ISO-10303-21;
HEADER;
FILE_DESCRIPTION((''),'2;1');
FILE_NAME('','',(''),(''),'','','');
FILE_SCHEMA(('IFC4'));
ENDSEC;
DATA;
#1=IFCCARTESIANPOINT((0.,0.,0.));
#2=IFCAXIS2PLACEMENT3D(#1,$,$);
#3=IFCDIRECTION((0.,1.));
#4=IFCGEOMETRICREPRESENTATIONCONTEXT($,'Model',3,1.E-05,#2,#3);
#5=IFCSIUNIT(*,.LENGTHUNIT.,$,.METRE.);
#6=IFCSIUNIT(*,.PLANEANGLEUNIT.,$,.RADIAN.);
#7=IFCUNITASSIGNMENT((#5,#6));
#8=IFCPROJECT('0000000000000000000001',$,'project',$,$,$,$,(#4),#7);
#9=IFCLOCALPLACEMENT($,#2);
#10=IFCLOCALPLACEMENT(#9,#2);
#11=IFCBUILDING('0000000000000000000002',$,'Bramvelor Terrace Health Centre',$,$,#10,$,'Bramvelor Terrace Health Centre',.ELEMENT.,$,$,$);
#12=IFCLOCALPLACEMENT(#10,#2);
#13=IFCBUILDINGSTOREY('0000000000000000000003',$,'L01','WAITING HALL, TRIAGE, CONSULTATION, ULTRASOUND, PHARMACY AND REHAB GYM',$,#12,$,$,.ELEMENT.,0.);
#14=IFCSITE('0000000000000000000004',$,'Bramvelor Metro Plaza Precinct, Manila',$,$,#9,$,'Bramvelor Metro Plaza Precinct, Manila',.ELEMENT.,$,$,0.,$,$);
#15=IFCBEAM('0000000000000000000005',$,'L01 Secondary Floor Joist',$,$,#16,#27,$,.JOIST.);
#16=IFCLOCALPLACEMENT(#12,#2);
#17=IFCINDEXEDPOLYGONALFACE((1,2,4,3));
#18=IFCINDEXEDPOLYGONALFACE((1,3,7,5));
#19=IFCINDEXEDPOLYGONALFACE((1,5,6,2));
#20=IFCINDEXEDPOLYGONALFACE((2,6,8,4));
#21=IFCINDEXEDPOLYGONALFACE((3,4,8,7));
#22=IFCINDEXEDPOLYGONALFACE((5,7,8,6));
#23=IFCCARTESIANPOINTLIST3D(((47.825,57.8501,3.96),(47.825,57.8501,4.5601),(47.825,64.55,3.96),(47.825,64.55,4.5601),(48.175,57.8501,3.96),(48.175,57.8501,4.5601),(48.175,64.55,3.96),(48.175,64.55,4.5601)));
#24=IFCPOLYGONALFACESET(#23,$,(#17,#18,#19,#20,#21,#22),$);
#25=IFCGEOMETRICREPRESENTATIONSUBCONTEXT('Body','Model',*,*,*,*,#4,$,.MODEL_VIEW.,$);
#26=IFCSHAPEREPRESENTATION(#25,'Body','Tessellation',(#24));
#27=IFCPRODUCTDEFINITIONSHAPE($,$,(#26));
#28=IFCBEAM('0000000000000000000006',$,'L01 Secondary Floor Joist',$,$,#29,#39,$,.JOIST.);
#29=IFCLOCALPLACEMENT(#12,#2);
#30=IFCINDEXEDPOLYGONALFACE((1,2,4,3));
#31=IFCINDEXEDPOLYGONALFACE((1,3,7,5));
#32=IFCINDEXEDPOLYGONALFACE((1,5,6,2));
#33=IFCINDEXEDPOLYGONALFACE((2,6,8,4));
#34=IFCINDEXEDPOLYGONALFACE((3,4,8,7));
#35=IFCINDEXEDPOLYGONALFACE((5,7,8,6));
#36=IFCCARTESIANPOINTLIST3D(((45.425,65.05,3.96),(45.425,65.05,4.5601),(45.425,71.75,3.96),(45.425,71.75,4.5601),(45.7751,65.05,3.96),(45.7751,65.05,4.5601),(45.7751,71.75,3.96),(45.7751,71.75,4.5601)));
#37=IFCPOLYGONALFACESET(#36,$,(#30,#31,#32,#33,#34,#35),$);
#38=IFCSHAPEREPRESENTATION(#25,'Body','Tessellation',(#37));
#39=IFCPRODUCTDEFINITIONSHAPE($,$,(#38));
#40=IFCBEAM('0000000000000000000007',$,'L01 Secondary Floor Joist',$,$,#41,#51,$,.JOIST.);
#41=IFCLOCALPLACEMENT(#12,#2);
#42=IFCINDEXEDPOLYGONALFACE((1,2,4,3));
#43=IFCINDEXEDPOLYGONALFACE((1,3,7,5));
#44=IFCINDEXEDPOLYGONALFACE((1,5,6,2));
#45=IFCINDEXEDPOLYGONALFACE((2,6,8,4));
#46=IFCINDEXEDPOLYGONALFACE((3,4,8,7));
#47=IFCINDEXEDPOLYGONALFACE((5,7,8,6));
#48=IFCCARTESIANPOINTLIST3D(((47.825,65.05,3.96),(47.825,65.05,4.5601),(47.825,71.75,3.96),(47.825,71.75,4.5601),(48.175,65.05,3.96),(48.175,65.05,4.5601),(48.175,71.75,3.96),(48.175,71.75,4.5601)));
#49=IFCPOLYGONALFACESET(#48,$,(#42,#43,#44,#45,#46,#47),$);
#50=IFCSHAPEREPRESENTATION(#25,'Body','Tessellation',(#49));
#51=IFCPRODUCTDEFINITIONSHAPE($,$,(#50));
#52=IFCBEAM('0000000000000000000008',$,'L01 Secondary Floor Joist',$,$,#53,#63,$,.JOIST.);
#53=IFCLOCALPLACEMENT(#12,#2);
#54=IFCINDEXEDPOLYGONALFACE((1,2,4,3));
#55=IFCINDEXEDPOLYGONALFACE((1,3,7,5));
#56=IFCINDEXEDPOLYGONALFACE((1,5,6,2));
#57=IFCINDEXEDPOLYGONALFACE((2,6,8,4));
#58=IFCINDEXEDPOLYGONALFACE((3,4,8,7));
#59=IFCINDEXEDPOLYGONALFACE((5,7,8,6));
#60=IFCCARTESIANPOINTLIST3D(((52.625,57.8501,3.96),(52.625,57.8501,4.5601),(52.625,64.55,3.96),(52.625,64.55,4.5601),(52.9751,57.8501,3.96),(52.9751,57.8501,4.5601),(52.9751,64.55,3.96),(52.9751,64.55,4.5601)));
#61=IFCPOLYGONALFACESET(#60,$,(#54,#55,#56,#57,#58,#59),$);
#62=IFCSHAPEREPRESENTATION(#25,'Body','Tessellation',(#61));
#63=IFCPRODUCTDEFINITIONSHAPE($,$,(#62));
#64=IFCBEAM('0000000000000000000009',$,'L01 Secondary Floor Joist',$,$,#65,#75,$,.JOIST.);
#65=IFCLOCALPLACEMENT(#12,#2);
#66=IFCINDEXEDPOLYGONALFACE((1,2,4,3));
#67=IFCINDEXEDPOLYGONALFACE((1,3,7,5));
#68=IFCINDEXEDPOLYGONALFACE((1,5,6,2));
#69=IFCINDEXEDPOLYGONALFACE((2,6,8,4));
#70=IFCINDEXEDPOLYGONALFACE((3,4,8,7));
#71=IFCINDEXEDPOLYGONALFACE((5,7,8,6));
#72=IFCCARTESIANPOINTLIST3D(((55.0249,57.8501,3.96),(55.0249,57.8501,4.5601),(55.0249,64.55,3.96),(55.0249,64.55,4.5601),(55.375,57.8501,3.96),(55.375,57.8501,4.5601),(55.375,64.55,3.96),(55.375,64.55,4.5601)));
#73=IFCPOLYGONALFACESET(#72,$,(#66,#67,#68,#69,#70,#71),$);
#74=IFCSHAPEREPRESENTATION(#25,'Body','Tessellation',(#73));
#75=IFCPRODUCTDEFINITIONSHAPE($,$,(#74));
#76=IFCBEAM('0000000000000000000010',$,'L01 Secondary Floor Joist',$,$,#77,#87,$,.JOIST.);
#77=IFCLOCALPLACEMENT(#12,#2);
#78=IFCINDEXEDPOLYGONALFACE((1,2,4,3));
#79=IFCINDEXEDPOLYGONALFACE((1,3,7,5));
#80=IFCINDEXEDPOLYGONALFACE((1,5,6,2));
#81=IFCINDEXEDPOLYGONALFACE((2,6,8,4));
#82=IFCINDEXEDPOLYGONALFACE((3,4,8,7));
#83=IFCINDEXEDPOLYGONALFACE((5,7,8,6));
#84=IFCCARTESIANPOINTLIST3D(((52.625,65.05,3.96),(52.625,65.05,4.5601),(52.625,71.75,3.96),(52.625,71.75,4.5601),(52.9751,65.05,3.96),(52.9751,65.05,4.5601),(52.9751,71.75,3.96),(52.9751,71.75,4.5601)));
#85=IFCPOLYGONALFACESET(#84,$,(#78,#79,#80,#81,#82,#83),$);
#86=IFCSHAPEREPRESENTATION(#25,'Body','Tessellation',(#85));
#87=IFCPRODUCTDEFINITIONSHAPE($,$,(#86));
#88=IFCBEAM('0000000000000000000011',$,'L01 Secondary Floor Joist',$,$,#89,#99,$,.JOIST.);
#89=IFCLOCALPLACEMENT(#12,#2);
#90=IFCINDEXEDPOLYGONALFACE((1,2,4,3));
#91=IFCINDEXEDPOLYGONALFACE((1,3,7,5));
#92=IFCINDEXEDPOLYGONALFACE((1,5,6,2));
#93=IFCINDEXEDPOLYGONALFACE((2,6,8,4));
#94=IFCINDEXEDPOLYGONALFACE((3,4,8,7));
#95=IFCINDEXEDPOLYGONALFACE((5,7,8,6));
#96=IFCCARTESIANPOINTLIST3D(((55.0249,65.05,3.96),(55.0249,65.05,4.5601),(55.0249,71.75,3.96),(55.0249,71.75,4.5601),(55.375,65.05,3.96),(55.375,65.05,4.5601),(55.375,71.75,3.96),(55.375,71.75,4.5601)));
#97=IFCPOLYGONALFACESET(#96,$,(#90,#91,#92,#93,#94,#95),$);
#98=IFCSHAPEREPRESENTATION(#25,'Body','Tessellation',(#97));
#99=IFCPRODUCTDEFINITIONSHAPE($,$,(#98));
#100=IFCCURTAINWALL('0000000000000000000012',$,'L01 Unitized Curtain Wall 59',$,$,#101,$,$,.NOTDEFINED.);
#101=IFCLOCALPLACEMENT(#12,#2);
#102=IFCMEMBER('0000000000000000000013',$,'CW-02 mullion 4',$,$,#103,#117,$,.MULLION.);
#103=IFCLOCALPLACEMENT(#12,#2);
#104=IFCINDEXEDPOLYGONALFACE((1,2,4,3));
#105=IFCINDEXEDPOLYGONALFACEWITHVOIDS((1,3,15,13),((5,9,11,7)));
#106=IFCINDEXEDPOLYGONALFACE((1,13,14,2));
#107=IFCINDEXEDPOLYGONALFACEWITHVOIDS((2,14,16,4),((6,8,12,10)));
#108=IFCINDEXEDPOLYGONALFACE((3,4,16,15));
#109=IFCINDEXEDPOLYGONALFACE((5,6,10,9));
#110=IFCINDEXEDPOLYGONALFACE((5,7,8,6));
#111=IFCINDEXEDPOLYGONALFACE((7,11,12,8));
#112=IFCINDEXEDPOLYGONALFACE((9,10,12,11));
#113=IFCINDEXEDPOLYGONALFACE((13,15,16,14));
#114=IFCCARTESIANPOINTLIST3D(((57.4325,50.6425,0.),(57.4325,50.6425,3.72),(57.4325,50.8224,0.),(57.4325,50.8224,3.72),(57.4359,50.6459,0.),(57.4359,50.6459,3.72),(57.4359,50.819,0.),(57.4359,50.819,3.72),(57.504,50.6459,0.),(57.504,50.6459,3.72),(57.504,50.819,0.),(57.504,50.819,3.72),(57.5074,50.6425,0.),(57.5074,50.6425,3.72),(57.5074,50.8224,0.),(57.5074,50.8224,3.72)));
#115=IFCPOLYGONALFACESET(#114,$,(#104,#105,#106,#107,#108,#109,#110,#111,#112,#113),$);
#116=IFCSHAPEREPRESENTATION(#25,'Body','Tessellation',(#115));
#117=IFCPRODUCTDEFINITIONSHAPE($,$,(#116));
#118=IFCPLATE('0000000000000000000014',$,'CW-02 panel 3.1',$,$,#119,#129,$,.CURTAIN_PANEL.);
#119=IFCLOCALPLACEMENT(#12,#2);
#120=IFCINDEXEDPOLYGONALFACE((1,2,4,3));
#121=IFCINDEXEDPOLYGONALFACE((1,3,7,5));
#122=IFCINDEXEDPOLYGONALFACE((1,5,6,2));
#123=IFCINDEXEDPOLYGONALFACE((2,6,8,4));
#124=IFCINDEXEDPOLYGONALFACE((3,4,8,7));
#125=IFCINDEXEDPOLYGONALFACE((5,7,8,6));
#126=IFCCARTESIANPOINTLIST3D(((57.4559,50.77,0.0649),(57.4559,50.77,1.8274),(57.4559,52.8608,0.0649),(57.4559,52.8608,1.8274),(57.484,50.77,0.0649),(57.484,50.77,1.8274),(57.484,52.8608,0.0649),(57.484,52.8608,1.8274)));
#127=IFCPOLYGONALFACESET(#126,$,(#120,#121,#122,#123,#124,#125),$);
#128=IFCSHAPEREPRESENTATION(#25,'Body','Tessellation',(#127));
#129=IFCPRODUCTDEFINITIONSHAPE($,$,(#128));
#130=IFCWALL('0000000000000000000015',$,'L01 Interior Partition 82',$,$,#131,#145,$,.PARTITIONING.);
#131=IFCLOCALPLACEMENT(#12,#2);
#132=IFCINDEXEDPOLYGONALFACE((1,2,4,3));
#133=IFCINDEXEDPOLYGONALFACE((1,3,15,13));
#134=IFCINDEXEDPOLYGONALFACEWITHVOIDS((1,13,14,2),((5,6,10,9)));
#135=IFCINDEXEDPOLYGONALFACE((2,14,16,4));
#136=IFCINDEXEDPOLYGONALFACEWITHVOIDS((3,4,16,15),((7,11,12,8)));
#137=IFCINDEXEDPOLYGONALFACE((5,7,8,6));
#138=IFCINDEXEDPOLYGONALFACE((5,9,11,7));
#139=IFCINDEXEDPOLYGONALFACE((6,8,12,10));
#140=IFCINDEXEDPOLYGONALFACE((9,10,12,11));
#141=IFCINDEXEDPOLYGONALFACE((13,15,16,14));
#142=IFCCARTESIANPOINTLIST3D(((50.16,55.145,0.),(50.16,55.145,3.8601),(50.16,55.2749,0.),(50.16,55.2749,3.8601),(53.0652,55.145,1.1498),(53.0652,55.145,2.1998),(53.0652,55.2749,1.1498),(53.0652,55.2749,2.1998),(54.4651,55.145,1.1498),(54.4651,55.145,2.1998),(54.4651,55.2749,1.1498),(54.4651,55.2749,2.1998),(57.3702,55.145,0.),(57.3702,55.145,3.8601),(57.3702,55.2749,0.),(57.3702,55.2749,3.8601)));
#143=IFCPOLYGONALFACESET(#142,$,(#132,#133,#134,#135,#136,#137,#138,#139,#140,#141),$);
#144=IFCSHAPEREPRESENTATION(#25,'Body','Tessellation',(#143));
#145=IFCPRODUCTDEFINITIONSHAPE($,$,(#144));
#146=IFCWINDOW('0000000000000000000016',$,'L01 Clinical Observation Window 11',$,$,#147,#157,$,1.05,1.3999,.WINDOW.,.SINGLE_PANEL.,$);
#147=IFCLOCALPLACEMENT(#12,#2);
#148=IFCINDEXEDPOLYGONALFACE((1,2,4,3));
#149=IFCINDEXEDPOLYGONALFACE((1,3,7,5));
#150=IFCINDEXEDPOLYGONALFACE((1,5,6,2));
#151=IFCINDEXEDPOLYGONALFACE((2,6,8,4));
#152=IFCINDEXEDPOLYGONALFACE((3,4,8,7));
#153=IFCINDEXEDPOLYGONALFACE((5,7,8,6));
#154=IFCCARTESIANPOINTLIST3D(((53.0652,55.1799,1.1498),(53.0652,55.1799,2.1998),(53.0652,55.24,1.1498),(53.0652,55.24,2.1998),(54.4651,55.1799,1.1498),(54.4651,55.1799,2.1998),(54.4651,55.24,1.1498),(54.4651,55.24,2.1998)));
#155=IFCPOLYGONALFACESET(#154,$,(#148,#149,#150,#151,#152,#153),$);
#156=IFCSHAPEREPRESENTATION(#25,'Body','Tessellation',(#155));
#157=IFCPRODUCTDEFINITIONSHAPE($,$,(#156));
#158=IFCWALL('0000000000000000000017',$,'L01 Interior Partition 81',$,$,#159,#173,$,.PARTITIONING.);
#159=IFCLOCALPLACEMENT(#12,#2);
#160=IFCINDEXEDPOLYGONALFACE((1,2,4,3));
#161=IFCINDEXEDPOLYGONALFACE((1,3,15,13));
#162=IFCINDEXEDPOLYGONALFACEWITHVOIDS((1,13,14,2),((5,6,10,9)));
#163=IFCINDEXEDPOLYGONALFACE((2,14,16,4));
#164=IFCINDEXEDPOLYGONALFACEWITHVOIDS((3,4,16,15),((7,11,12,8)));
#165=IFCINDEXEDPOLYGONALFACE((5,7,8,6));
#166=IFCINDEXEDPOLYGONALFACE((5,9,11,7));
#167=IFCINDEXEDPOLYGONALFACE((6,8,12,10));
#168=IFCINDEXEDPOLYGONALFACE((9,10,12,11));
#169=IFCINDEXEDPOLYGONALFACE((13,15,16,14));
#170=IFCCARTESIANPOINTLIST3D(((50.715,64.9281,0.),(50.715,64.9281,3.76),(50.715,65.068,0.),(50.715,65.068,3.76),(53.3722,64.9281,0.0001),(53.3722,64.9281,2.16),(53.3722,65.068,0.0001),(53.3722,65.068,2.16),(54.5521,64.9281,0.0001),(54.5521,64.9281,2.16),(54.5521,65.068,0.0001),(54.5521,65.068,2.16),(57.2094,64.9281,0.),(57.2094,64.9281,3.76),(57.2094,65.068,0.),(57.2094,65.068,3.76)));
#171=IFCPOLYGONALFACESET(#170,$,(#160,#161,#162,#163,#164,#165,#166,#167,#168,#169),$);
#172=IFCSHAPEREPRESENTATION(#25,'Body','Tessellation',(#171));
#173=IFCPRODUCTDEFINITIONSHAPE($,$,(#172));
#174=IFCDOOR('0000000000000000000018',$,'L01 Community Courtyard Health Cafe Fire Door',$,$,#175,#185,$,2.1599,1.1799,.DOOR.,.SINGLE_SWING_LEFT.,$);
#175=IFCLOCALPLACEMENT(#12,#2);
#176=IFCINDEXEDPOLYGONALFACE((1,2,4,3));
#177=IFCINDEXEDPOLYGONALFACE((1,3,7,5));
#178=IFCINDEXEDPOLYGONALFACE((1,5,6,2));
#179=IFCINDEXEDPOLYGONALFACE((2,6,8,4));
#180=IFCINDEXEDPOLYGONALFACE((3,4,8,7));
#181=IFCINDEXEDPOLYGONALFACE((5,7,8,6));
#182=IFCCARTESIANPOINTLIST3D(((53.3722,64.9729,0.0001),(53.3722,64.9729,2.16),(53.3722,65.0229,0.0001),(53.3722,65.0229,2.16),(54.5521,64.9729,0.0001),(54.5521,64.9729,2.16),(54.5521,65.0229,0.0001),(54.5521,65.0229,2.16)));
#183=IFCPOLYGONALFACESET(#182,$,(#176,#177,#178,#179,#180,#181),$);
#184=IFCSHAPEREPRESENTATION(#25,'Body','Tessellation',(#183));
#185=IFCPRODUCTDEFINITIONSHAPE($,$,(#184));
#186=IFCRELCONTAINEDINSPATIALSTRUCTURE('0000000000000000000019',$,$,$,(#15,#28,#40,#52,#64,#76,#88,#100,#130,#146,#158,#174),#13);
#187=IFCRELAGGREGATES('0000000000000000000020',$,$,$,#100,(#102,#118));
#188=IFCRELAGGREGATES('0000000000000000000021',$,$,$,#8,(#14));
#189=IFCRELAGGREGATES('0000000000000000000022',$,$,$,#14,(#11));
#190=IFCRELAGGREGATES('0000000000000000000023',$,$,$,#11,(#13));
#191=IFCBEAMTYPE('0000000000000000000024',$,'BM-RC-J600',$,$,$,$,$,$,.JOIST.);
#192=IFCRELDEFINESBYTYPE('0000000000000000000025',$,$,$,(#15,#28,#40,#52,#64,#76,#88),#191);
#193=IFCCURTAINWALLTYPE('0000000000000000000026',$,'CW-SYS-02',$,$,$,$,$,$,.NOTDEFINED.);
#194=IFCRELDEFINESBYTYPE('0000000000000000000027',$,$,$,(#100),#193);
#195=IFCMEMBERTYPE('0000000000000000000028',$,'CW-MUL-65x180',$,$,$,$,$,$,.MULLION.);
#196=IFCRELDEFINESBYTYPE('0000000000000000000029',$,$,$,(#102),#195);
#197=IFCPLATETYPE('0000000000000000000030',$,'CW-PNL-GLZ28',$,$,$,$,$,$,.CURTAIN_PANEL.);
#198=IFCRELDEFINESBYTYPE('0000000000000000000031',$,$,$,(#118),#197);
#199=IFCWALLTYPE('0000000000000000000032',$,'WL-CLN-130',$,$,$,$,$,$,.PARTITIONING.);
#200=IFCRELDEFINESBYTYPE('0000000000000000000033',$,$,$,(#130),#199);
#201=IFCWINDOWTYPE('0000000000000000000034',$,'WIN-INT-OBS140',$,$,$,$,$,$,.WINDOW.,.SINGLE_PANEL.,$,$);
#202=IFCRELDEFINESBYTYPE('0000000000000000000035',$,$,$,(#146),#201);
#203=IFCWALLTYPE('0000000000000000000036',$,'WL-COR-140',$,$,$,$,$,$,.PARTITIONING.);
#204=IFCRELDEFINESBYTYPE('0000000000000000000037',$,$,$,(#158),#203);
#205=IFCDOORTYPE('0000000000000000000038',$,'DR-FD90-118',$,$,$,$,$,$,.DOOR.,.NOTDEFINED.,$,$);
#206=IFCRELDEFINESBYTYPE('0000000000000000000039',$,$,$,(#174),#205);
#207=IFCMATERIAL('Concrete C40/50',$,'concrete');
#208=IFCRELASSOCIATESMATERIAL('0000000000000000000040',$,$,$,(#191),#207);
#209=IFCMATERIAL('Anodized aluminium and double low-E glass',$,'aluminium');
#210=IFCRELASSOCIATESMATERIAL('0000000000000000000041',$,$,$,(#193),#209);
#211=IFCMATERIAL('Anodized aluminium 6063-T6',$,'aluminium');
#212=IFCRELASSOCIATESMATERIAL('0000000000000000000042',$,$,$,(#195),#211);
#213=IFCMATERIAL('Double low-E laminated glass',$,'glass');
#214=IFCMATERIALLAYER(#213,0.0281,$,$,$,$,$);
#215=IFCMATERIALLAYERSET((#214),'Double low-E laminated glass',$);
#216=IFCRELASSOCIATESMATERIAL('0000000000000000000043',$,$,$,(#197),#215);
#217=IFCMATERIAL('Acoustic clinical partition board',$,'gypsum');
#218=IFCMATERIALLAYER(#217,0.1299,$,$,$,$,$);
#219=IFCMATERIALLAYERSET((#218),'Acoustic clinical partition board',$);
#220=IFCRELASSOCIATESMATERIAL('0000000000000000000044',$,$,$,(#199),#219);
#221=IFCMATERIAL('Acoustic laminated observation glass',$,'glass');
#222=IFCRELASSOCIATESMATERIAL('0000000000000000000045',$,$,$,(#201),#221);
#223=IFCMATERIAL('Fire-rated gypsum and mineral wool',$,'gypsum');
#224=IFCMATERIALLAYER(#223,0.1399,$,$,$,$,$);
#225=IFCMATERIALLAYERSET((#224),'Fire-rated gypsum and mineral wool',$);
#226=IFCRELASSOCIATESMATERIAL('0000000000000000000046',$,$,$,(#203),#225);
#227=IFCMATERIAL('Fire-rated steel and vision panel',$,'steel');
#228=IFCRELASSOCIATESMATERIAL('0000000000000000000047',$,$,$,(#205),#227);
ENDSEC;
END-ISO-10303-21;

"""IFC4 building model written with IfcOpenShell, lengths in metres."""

from ifc_helpers import new_model, si_unit, direction, frame, frame_2d, origin, origin_2d, place, context, subcontext, project, spatial, rectangle, hollow_rectangle, extrude, material, layer, layer_set, material_profile, profile_set, type_object, element, fill, aggregate, save


model = new_model("IFC4")

# Units and contexts
model_context = context("Model", 3, precision=1e-05, world=origin(), true_north=direction((0.0, 1.0)))
body_context = subcontext(model_context, "Body", "Model", "MODEL_VIEW")
ifc_project = project(units=[si_unit("LENGTHUNIT", "METRE"), si_unit("PLANEANGLEUNIT", "RADIAN")], contexts=[model_context])

# Site, building, storey
site_placement = place(None, origin())
site = spatial("IfcSite", under=ifc_project, at=site_placement, Name="Bramvelor Metro Plaza Precinct, Manila", LongName="Bramvelor Metro Plaza Precinct, Manila", CompositionType="ELEMENT", RefElevation=0.0)
building_placement = place(site_placement, origin())
building = spatial("IfcBuilding", under=site, at=building_placement, Name="Bramvelor Terrace Health Centre", LongName="Bramvelor Terrace Health Centre", CompositionType="ELEMENT")
storey_placement = place(building_placement, origin())
storey = spatial("IfcBuildingStorey", under=building, at=storey_placement, Name="L01", Description="WAITING HALL, TRIAGE, CONSULTATION, ULTRASOUND, PHARMACY AND REHAB GYM", CompositionType="ELEMENT", Elevation=0.0)

# Beams
ifc_material_1 = material(Name="Concrete C40/50", Category="concrete")
ifc_material_profile_1 = material_profile(ifc_material_1, rectangle(XDim=0.3501, YDim=0.6001, at=origin_2d()), Name="RC 350x600")
ifc_profile_set_1 = profile_set([ifc_material_profile_1], Name="Concrete C40/50")
beam_type_1 = type_object("IfcBeamType", Name="BM-RC-J600", PredefinedType="JOIST", material=ifc_profile_set_1)
for number, where, z_axis, x_axis, name in (
    (1, (48.0, 57.8501, 4.26), (0.0, 1.0, 0.0), (-1.0, 0.0, 0.0), "L01 Secondary Floor Joist"),
    (2, (45.6001, 65.05, 4.26), (0.0, 1.0, 0.0), (-1.0, 0.0, 0.0), "L01 Secondary Floor Joist"),
    (3, (48.0, 65.05, 4.26), (0.0, 1.0, 0.0), (-1.0, 0.0, 0.0), "L01 Secondary Floor Joist"),
    (4, (52.8, 57.8501, 4.26), (0.0, 1.0, 0.0), (-1.0, 0.0, 0.0), "L01 Secondary Floor Joist"),
    (5, (55.2, 57.8501, 4.26), (0.0, 1.0, 0.0), (-1.0, 0.0, 0.0), "L01 Secondary Floor Joist"),
    (6, (52.8, 65.05, 4.26), (0.0, 1.0, 0.0), (-1.0, 0.0, 0.0), "L01 Secondary Floor Joist"),
    (7, (55.2, 65.05, 4.26), (0.0, 1.0, 0.0), (-1.0, 0.0, 0.0), "L01 Secondary Floor Joist"),
):
    element("IfcBeam", number, at=place(storey_placement, frame(where, z_axis=z_axis, x_axis=x_axis)), inside=storey, type_object=beam_type_1, Name=name, PredefinedType="JOIST", context=body_context, shape_type="SweptSolid", body=[
        extrude(rectangle(XDim=0.3501, YDim=0.6001, at=origin_2d()), origin(), (0.0, 0.0, 1.0), 6.7),
    ])

# Curtain wall, member, plate
ifc_material_2 = material(Name="Anodized aluminium and double low-E glass", Category="aluminium")
curtain_wall_type = type_object("IfcCurtainWallType", Name="CW-SYS-02", PredefinedType="NOTDEFINED", material=ifc_material_2)
curtain_wall_placement = place(storey_placement, origin())
curtain_wall = element("IfcCurtainWall", 8, at=curtain_wall_placement, inside=storey, type_object=curtain_wall_type, Name="L01 Unitized Curtain Wall 59", PredefinedType="NOTDEFINED")
ifc_material_3 = material(Name="Anodized aluminium 6063-T6", Category="aluminium")
ifc_material_profile_2 = material_profile(ifc_material_3, hollow_rectangle(XDim=0.075, YDim=0.1799, WallThickness=0.0034, at=origin_2d()), Name="ALU-MUL 75x180x3.5")
ifc_profile_set_2 = profile_set([ifc_material_profile_2], Name="Anodized aluminium 6063-T6")
member_type = type_object("IfcMemberType", Name="CW-MUL-65x180", PredefinedType="MULLION", material=ifc_profile_set_2)
member_placement = place(storey_placement, frame((57.47, 50.7324, 0.0), z_axis=(0.0, 0.0, 1.0), x_axis=(1.0, 0.0, 0.0)))
member = element("IfcMember", 9, at=member_placement, type_object=member_type, Name="CW-02 mullion 4", PredefinedType="MULLION", context=body_context, shape_type="SweptSolid", body=[
    extrude(hollow_rectangle(XDim=0.075, YDim=0.1799, WallThickness=0.0034, at=origin_2d()), origin(), (0.0, 0.0, 1.0), 3.72),
])
ifc_material_4 = material(Name="Double low-E laminated glass", Category="glass")
ifc_layer_1 = layer(ifc_material_4, 0.0281)
ifc_layer_set_1 = layer_set([ifc_layer_1], Name="Double low-E laminated glass")
plate_type = type_object("IfcPlateType", Name="CW-PNL-GLZ28", PredefinedType="CURTAIN_PANEL", material=ifc_layer_set_1)
plate_placement = place(storey_placement, frame((57.47, 51.8154, 0.0649), z_axis=(0.0, 0.0, 1.0), x_axis=(0.0, -1.0, 0.0)))
plate = element("IfcPlate", 10, at=plate_placement, type_object=plate_type, Name="CW-02 panel 3.1", PredefinedType="CURTAIN_PANEL", context=body_context, shape_type="SweptSolid", body=[
    extrude(rectangle(XDim=2.0908, YDim=0.0281, at=origin_2d()), origin(), (0.0, 0.0, 1.0), 1.7625),
])
aggregate(curtain_wall, [member, plate])

# Wall, opening, window
ifc_material_5 = material(Name="Acoustic clinical partition board", Category="gypsum")
ifc_layer_2 = layer(ifc_material_5, 0.1299)
ifc_layer_set_2 = layer_set([ifc_layer_2], Name="Acoustic clinical partition board")
wall_type_1 = type_object("IfcWallType", Name="WL-CLN-130", PredefinedType="PARTITIONING", material=ifc_layer_set_2)
wall_1_placement = place(storey_placement, frame((57.3701, 55.21, 0.0), z_axis=(0.0, 0.0, 1.0), x_axis=(-1.0, 0.0, 0.0)))
wall_1 = element("IfcWall", 11, at=wall_1_placement, inside=storey, type_object=wall_type_1, Name="L01 Interior Partition 82", PredefinedType="PARTITIONING", context=body_context, shape_type="SweptSolid", body=[
    extrude(rectangle(XDim=7.2102, YDim=0.1299, at=frame_2d((3.605, 0.0))), origin(), (0.0, 0.0, 1.0), 3.8601),
])
opening_1_placement = place(wall_1_placement, frame((2.905, 0.0, 1.1499)))
opening_1 = element("IfcOpeningElement", 12, at=opening_1_placement, cuts=wall_1, PredefinedType="OPENING", context=body_context, shape_type="SweptSolid", body=[
    extrude(rectangle(XDim=1.3999, YDim=1.05, at=frame_2d((0.7, 0.5249))), frame((0.0, 0.075, 0.0), z_axis=(0.0, -1.0, 0.0), x_axis=(1.0, 0.0, 0.0)), (0.0, 0.0, 1.0), 0.1499),
])
ifc_material_6 = material(Name="Acoustic laminated observation glass", Category="glass")
window_type = type_object("IfcWindowType", Name="WIN-INT-OBS140", PartitioningType="SINGLE_PANEL", PredefinedType="WINDOW", material=ifc_material_6)
window_placement = place(opening_1_placement, origin())
window = element("IfcWindow", 13, at=window_placement, inside=storey, type_object=window_type, Name="L01 Clinical Observation Window 11", OverallHeight=1.05, OverallWidth=1.3999, PartitioningType="SINGLE_PANEL", PredefinedType="WINDOW", context=body_context, shape_type="SweptSolid", body=[
    extrude(rectangle(XDim=1.3999, YDim=1.05, at=frame_2d((0.7, 0.5249))), frame((0.0, 0.03, 0.0), z_axis=(0.0, -1.0, 0.0), x_axis=(1.0, 0.0, 0.0)), (0.0, 0.0, 1.0), 0.0601),
])
fill(opening_1, window)

# Wall, opening, door
ifc_material_7 = material(Name="Fire-rated gypsum and mineral wool", Category="gypsum")
ifc_layer_3 = layer(ifc_material_7, 0.1399)
ifc_layer_set_3 = layer_set([ifc_layer_3], Name="Fire-rated gypsum and mineral wool")
wall_type_2 = type_object("IfcWallType", Name="WL-COR-140", PredefinedType="PARTITIONING", material=ifc_layer_set_3)
wall_2_placement = place(storey_placement, frame((50.7151, 64.998, 0.0), z_axis=(0.0, 0.0, 1.0), x_axis=(1.0, 0.0, 0.0)))
wall_2 = element("IfcWall", 14, at=wall_2_placement, inside=storey, type_object=wall_type_2, Name="L01 Interior Partition 81", PredefinedType="PARTITIONING", context=body_context, shape_type="SweptSolid", body=[
    extrude(rectangle(XDim=6.4944, YDim=0.1399, at=frame_2d((3.2471, 0.0))), origin(), (0.0, 0.0, 1.0), 3.76),
])
opening_2_placement = place(wall_2_placement, frame((2.6572, 0.0, 0.0)))
opening_2 = element("IfcOpeningElement", 15, at=opening_2_placement, cuts=wall_2, PredefinedType="OPENING", context=body_context, shape_type="SweptSolid", body=[
    extrude(rectangle(XDim=1.1799, YDim=2.1599, at=frame_2d((0.5898, 1.0801))), frame((0.0, 0.0798, 0.0), z_axis=(0.0, -1.0, 0.0), x_axis=(1.0, 0.0, 0.0)), (0.0, 0.0, 1.0), 0.1599),
])
ifc_material_8 = material(Name="Fire-rated steel and vision panel", Category="steel")
door_type = type_object("IfcDoorType", Name="DR-FD90-118", OperationType="NOTDEFINED", PredefinedType="DOOR", material=ifc_material_8)
door_placement = place(opening_2_placement, origin())
door = element("IfcDoor", 16, at=door_placement, inside=storey, type_object=door_type, Name="L01 Community Courtyard Health Cafe Fire Door", OperationType="SINGLE_SWING_LEFT", OverallHeight=2.1599, OverallWidth=1.1799, PredefinedType="DOOR", context=body_context, shape_type="SweptSolid", body=[
    extrude(rectangle(XDim=1.1799, YDim=2.1599, at=frame_2d((0.5898, 1.0801))), frame((0.0, 0.0249, 0.0), z_axis=(0.0, -1.0, 0.0), x_axis=(1.0, 0.0, 0.0)), (0.0, 0.0, 1.0), 0.05),
])
fill(opening_2, door)

save(model, "model.ifc")
